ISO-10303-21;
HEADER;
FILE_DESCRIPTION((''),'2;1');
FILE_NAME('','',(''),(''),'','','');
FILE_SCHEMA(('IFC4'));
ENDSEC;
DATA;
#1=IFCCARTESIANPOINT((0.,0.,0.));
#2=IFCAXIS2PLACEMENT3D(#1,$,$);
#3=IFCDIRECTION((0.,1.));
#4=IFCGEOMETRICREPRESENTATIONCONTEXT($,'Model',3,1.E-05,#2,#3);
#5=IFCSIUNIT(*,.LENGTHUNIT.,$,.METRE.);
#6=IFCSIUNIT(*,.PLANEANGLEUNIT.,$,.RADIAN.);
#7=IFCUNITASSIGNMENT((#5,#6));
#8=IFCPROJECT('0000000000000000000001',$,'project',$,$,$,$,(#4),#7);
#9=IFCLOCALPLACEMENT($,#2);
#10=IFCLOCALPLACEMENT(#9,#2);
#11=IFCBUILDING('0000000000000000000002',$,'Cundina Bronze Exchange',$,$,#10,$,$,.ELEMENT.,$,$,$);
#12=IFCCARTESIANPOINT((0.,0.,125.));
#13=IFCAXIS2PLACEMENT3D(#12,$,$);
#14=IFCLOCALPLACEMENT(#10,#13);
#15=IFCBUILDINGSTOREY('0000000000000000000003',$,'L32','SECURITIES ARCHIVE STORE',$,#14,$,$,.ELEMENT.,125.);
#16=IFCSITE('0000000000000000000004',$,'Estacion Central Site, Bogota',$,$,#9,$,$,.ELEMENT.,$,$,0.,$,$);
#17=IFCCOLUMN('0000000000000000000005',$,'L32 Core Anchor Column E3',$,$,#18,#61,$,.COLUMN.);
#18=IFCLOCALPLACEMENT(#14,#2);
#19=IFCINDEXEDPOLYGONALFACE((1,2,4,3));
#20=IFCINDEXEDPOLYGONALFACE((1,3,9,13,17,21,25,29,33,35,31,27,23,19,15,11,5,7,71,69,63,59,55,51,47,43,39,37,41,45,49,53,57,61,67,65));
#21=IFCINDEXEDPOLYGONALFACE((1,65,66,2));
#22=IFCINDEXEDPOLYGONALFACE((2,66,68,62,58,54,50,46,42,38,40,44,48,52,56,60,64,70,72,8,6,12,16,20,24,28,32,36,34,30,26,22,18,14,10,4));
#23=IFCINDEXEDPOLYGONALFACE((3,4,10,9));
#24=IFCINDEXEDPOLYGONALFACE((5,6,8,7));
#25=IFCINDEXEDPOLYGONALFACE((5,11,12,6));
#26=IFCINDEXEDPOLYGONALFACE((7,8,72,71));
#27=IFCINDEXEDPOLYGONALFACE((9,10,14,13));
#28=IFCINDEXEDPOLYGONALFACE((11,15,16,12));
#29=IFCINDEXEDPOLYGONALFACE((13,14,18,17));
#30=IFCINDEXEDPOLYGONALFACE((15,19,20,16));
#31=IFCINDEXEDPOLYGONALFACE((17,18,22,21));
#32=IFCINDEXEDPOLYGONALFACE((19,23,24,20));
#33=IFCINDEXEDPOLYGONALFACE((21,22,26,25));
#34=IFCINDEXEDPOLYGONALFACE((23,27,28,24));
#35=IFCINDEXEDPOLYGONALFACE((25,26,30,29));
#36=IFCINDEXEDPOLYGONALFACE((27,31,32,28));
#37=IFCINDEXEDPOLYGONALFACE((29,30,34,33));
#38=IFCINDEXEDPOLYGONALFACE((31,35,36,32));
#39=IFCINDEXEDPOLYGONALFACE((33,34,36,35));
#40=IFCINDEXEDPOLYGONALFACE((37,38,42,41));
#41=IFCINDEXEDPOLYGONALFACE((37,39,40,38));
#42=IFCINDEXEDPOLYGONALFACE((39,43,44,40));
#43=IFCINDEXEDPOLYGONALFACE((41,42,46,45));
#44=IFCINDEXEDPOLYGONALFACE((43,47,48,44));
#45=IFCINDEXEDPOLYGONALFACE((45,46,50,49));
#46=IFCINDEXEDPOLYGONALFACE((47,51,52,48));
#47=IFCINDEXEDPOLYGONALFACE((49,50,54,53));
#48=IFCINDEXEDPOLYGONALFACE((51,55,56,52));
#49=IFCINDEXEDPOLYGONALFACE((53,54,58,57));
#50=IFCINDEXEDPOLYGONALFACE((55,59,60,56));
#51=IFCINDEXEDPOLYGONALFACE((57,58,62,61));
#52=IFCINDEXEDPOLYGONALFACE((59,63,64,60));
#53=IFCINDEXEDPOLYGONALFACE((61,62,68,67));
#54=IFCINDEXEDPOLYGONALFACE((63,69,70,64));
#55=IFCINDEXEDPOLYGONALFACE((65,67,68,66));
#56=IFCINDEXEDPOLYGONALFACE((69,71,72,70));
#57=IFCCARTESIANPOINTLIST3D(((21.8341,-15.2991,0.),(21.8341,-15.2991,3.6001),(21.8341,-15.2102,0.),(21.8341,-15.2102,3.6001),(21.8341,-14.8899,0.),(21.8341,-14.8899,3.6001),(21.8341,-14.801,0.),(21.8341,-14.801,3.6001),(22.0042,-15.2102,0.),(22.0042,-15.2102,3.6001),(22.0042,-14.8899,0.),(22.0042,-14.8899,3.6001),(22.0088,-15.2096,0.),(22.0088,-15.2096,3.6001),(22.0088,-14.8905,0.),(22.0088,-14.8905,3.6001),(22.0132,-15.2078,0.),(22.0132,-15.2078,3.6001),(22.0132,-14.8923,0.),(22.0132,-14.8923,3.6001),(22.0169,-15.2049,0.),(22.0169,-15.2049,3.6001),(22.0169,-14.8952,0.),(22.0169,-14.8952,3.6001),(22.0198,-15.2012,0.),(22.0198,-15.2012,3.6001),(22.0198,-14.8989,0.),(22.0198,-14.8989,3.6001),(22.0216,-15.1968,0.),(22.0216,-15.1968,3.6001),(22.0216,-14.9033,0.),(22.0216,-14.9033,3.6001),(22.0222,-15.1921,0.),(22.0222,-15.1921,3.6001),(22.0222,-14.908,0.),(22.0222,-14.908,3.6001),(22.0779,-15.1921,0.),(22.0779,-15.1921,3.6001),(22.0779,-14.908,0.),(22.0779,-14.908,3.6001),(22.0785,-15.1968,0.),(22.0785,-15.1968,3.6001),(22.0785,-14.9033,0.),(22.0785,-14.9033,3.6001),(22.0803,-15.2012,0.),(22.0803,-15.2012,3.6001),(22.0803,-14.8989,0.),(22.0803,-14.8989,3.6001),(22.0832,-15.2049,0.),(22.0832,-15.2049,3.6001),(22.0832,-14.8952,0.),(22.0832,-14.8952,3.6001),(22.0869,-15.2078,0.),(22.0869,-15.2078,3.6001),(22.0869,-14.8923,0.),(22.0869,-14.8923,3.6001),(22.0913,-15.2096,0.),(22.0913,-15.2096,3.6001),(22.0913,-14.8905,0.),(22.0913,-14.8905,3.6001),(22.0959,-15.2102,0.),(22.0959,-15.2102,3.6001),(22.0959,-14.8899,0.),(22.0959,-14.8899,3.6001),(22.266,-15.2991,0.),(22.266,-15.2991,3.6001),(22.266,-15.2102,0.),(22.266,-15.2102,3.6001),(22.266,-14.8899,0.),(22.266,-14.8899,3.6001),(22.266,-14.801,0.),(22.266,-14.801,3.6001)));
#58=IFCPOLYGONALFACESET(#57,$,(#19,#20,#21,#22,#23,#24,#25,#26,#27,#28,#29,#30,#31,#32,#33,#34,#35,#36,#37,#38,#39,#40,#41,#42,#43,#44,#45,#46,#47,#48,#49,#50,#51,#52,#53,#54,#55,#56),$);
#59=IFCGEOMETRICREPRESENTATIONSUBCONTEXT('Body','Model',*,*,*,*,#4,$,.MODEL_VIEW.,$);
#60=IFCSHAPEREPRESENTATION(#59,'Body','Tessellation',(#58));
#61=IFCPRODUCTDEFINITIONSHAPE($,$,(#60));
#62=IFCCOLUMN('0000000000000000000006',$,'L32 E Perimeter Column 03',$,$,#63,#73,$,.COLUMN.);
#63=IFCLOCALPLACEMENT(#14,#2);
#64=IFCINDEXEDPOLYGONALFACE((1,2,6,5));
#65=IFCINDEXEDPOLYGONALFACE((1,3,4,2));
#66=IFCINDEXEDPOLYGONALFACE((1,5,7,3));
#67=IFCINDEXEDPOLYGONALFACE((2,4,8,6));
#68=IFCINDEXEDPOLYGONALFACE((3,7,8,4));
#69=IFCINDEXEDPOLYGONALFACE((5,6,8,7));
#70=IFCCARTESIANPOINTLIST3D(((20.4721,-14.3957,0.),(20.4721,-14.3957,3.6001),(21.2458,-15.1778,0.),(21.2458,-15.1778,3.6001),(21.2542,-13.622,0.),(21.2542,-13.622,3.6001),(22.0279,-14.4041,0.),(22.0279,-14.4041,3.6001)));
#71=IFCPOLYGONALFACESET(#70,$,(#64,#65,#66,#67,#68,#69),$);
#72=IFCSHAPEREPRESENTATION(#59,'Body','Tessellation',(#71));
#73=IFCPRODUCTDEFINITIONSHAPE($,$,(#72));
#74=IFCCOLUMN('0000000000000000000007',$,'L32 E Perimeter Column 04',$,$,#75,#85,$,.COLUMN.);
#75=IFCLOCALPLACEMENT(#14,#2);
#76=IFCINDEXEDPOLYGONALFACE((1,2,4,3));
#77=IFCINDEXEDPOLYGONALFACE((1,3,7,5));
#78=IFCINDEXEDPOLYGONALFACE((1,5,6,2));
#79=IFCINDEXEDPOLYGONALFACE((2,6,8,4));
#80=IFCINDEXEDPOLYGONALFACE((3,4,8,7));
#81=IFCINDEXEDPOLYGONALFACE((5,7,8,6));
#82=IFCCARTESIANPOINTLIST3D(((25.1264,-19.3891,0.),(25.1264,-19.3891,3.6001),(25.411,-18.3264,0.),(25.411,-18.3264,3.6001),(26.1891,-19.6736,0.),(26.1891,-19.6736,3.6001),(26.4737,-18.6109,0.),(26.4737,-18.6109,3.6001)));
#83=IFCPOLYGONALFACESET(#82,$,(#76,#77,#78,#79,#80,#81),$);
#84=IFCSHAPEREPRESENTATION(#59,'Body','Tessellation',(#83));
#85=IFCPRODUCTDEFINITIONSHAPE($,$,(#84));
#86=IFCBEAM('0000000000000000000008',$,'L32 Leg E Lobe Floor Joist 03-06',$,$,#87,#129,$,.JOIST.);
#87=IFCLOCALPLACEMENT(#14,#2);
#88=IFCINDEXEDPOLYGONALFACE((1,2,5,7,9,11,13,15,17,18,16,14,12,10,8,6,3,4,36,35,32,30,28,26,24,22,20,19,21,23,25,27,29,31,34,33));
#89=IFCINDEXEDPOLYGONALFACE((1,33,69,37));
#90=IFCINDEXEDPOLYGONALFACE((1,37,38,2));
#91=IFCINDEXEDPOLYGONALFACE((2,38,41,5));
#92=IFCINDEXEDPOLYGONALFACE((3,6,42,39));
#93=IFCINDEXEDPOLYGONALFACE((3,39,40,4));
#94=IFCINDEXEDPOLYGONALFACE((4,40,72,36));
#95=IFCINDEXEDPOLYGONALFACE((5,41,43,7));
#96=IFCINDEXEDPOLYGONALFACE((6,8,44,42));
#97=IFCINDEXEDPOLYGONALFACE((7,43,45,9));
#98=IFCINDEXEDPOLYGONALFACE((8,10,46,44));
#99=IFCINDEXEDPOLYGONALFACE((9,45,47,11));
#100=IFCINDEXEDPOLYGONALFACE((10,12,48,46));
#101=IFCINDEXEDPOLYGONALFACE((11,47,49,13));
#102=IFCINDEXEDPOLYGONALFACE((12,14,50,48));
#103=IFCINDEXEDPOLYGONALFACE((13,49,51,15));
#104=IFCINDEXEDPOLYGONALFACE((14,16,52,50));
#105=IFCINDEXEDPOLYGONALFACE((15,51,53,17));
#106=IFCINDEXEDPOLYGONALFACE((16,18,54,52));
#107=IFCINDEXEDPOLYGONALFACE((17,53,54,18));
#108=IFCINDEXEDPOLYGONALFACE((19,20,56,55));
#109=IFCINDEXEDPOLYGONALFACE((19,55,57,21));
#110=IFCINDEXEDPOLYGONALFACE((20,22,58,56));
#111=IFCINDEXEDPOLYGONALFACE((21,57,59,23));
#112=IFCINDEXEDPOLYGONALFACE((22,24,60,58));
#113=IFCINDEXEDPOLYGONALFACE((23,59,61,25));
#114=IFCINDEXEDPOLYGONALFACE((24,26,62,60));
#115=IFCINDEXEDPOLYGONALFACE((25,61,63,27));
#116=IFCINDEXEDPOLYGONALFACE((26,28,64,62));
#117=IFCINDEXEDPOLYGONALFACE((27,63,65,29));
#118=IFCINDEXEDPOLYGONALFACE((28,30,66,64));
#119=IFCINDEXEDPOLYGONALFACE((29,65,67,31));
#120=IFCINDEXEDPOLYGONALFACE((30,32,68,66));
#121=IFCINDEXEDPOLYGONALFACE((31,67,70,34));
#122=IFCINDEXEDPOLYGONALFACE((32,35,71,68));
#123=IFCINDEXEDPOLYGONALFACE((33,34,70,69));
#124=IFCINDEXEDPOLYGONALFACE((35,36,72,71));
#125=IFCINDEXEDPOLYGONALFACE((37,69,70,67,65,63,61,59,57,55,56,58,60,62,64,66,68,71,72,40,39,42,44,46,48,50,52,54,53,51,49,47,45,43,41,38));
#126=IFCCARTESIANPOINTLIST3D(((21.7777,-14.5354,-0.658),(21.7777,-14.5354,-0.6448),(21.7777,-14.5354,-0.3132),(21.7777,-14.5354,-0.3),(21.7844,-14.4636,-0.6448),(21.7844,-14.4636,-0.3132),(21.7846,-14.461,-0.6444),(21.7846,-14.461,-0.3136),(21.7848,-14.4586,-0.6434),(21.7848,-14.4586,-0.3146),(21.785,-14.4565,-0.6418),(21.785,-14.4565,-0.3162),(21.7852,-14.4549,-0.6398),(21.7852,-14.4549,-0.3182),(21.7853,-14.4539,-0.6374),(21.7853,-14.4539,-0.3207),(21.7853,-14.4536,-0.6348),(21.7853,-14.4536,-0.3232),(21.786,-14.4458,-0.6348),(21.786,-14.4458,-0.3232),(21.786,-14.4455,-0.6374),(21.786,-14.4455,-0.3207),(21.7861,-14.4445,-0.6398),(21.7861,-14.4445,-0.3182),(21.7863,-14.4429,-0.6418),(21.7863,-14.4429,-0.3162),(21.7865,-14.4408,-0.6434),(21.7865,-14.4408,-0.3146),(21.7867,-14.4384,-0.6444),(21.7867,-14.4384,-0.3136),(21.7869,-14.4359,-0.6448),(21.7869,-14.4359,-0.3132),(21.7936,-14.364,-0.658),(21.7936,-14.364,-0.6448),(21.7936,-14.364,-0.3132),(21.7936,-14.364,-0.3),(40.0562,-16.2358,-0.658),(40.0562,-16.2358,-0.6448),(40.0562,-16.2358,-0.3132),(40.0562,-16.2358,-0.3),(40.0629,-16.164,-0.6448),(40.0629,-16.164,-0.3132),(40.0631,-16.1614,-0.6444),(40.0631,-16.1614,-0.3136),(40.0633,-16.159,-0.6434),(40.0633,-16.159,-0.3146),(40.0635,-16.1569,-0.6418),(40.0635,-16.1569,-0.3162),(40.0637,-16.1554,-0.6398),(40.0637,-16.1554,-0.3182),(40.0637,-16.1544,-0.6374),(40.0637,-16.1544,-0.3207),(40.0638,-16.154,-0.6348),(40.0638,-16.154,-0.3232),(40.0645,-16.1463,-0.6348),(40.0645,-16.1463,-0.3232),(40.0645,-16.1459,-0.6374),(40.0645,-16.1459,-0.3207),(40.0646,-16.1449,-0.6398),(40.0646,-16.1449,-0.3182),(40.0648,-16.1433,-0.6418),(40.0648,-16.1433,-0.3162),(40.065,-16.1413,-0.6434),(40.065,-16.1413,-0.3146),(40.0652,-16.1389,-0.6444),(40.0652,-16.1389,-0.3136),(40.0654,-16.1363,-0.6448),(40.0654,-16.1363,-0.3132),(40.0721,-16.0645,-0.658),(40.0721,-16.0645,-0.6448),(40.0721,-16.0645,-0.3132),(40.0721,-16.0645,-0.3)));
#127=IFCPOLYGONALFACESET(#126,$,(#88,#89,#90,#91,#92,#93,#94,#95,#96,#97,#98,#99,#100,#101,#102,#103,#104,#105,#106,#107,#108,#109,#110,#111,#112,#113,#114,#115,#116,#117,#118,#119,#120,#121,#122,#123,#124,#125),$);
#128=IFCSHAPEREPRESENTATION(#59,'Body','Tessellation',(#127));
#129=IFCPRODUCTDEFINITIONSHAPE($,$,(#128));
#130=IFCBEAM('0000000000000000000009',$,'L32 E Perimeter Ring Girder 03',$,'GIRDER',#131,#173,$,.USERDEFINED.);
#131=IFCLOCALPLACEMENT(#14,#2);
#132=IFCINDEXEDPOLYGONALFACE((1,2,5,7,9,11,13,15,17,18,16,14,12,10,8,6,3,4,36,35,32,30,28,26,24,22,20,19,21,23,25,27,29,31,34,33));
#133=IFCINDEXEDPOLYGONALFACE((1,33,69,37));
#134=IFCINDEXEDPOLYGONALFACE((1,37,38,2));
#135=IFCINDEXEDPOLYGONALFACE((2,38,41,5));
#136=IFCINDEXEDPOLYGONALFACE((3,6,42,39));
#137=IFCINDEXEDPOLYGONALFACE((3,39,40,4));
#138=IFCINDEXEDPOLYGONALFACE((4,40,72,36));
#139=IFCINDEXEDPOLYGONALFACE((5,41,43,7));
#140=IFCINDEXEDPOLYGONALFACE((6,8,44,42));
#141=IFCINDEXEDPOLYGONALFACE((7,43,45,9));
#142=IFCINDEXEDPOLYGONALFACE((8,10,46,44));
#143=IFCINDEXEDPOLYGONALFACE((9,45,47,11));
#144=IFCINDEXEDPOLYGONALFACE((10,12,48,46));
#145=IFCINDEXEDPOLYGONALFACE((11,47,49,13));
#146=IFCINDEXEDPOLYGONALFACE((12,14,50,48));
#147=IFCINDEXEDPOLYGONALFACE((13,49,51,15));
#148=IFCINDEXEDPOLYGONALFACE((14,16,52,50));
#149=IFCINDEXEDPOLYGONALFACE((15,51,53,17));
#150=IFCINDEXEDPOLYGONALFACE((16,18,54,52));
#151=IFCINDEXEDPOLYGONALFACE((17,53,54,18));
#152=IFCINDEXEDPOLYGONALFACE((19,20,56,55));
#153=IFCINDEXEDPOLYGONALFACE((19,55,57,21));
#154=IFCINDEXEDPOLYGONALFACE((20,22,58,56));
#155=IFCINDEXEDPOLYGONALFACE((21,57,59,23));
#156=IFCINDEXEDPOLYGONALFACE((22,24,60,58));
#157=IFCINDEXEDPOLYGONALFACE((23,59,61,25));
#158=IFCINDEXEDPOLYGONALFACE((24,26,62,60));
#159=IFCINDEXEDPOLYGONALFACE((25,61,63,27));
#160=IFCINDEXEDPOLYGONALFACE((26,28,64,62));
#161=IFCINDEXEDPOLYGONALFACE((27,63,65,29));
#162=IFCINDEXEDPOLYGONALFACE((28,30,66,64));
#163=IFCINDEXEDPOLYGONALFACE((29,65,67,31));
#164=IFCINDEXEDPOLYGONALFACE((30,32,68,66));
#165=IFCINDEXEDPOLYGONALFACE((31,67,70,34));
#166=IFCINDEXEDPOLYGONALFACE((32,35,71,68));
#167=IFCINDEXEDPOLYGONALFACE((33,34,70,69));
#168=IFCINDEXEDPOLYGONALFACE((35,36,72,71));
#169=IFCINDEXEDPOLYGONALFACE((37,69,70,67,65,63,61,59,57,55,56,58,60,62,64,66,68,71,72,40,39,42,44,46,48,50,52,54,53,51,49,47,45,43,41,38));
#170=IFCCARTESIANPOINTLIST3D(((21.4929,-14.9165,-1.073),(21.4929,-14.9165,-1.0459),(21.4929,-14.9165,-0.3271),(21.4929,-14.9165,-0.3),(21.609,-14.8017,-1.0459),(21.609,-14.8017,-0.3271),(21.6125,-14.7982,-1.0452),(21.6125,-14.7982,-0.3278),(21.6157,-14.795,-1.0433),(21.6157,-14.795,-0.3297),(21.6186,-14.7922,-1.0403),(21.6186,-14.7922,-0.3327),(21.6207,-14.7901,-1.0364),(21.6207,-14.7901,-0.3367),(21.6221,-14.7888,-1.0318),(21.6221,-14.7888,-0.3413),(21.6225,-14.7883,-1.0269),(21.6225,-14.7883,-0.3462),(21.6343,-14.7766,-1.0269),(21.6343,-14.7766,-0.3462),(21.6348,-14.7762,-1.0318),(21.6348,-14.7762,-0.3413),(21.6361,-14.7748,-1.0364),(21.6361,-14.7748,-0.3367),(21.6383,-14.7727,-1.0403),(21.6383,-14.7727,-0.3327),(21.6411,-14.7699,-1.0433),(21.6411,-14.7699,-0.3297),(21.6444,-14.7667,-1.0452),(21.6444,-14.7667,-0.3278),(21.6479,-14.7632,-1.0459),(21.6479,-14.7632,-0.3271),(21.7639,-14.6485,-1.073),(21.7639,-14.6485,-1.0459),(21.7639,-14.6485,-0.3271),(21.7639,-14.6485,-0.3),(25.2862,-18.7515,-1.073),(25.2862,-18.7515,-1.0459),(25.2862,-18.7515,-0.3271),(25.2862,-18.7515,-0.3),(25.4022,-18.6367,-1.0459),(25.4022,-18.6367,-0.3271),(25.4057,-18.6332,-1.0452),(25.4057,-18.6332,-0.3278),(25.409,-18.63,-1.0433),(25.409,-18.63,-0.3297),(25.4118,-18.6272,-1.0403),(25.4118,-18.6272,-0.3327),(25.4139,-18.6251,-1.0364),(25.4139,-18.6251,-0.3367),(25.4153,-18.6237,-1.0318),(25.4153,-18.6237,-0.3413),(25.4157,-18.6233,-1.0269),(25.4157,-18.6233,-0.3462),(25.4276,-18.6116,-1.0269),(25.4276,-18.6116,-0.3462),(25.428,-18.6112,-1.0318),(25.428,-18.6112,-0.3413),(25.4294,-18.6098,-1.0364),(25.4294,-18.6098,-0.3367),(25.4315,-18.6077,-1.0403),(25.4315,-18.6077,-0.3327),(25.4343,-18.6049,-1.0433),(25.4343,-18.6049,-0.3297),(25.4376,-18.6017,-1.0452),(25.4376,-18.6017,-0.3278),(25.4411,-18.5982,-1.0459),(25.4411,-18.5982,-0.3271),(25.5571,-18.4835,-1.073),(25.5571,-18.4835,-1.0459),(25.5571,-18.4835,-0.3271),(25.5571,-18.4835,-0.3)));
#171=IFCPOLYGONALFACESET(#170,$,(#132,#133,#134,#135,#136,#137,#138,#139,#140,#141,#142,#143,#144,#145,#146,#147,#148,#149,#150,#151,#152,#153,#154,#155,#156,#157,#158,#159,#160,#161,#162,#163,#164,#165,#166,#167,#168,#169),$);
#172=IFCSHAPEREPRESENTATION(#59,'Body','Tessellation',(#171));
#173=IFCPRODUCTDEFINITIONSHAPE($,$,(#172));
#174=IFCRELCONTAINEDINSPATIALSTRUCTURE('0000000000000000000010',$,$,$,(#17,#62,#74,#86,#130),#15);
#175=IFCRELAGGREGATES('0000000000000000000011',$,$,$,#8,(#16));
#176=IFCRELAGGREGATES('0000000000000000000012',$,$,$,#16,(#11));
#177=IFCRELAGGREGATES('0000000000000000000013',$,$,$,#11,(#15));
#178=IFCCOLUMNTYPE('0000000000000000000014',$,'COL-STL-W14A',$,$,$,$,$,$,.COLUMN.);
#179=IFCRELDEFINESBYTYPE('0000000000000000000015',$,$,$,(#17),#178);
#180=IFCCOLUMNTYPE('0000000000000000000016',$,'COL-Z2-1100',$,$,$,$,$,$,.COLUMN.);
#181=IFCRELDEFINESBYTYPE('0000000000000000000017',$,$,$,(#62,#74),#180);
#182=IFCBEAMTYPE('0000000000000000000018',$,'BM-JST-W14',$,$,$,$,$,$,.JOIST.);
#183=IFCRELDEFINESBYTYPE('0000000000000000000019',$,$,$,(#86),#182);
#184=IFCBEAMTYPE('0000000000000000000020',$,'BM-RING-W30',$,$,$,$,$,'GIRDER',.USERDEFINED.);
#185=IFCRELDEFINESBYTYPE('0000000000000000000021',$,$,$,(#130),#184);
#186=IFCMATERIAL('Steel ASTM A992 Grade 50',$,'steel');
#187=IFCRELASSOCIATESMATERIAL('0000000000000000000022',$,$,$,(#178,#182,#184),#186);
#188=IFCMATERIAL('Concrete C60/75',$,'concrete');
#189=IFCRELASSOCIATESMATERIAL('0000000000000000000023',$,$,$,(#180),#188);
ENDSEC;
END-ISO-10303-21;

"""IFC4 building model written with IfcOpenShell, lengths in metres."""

from ifc_helpers import new_model, si_unit, direction, frame, origin, origin_2d, place, context, subcontext, project, spatial, rectangle, i_section, extrude, material, material_profile, profile_set, type_object, element, save


model = new_model("IFC4")

# Units and contexts
model_context = context("Model", 3, precision=1e-05, world=origin(), true_north=direction((0.0, 1.0)))
body_context = subcontext(model_context, "Body", "Model", "MODEL_VIEW")
ifc_project = project(units=[si_unit("LENGTHUNIT", "METRE"), si_unit("PLANEANGLEUNIT", "RADIAN")], contexts=[model_context])

# Site, building, storey
site_placement = place(None, origin())
site = spatial("IfcSite", under=ifc_project, at=site_placement, Name="Estacion Central Site, Bogota", CompositionType="ELEMENT", RefElevation=0.0)
building_placement = place(site_placement, origin())
building = spatial("IfcBuilding", under=site, at=building_placement, Name="Cundina Bronze Exchange", CompositionType="ELEMENT")
storey_placement = place(building_placement, frame((0.0, 0.0, 125.0)))
storey = spatial("IfcBuildingStorey", under=building, at=storey_placement, Name="L32", Description="SECURITIES ARCHIVE STORE", CompositionType="ELEMENT", Elevation=125.0)

# Columns
ifc_material_1 = material(Name="Steel ASTM A992 Grade 50", Category="steel")
ifc_material_profile_1 = material_profile(ifc_material_1, i_section(OverallWidth=0.4319, OverallDepth=0.498, WebThickness=0.0557, FlangeThickness=0.0889, FilletRadius=0.0181, at=origin_2d()), Name="W14X500", Category="steel")
ifc_profile_set_1 = profile_set([ifc_material_profile_1], Name="Steel ASTM A992 Grade 50")
column_type_1 = type_object("IfcColumnType", Name="COL-STL-W14A", PredefinedType="COLUMN", material=ifc_profile_set_1)
column_placement = place(storey_placement, frame((22.05, -15.05, 0.0), z_axis=(0.0, 0.0, 1.0), x_axis=(1.0, 0.0, 0.0)))
element("IfcColumn", 1, at=column_placement, inside=storey, type_object=column_type_1, Name="L32 Core Anchor Column E3", PredefinedType="COLUMN", context=body_context, shape_type="SweptSolid", body=[
    extrude(i_section(OverallWidth=0.4319, OverallDepth=0.498, WebThickness=0.0557, FlangeThickness=0.0889, FilletRadius=0.0181, at=origin_2d()), origin(), (0.0, 0.0, 1.0), 3.6001),
])
ifc_material_2 = material(Name="Concrete C60/75", Category="concrete")
ifc_material_profile_2 = material_profile(ifc_material_2, rectangle(XDim=1.1001, YDim=1.1001, at=origin_2d()), Name="RC1100X1100", Category="concrete")
ifc_profile_set_2 = profile_set([ifc_material_profile_2], Name="Concrete C60/75")
column_type_2 = type_object("IfcColumnType", Name="COL-Z2-1100", PredefinedType="COLUMN", material=ifc_profile_set_2)
for number, where, z_axis, x_axis, name in (
    (2, (21.25, -14.3999, 0.0), (0.0, 0.0, 1.0), (0.703271, -0.710922, 0.0), "L32 E Perimeter Column 03"),
    (3, (25.8, -19.0, 0.0), (0.0, 0.0, 1.0), (0.965971, -0.25865, 0.0), "L32 E Perimeter Column 04"),
):
    element("IfcColumn", number, at=place(storey_placement, frame(where, z_axis=z_axis, x_axis=x_axis)), inside=storey, type_object=column_type_2, Name=name, PredefinedType="COLUMN", context=body_context, shape_type="SweptSolid", body=[
        extrude(rectangle(XDim=1.1001, YDim=1.1001, at=origin_2d()), origin(), (0.0, 0.0, 1.0), 3.6001),
    ])

# Beams
ifc_material_profile_3 = material_profile(ifc_material_1, i_section(OverallWidth=0.1721, OverallDepth=0.3579, WebThickness=0.0078, FlangeThickness=0.0132, FilletRadius=0.01, at=origin_2d()), Name="W14X38", Category="steel")
ifc_profile_set_3 = profile_set([ifc_material_profile_3], Name="Steel ASTM A992 Grade 50")
beam_type_1 = type_object("IfcBeamType", Name="BM-JST-W14", PredefinedType="JOIST", material=ifc_profile_set_3)
beam_1_placement = place(storey_placement, frame((21.7856, -14.4497, -0.479), z_axis=(0.995701, -0.092629, 0.0), x_axis=(0.092629, 0.995701, 0.0)))
element("IfcBeam", 4, at=beam_1_placement, inside=storey, type_object=beam_type_1, Name="L32 Leg E Lobe Floor Joist 03-06", PredefinedType="JOIST", context=body_context, shape_type="SweptSolid", body=[
    extrude(i_section(OverallWidth=0.1721, OverallDepth=0.3579, WebThickness=0.0078, FlangeThickness=0.0132, FilletRadius=0.01, at=origin_2d()), origin(), (0.0, 0.0, 1.0), 18.3574),
])
ifc_material_profile_4 = material_profile(ifc_material_1, i_section(OverallWidth=0.3811, OverallDepth=0.7729, WebThickness=0.0166, FlangeThickness=0.0271, FilletRadius=0.019, at=origin_2d()), Name="W30X173", Category="steel")
ifc_profile_set_4 = profile_set([ifc_material_profile_4], Name="Steel ASTM A992 Grade 50")
beam_type_2 = type_object("IfcBeamType", Name="BM-RING-W30", ElementType="GIRDER", PredefinedType="USERDEFINED", material=ifc_profile_set_4)
beam_2_placement = place(storey_placement, frame((21.6284, -14.7825, -0.6865), z_axis=(0.703226, -0.710966, 0.0), x_axis=(0.710966, 0.703226, 0.0)))
element("IfcBeam", 5, at=beam_2_placement, inside=storey, type_object=beam_type_2, Name="L32 E Perimeter Ring Girder 03", ObjectType="GIRDER", PredefinedType="USERDEFINED", context=body_context, shape_type="SweptSolid", body=[
    extrude(i_section(OverallWidth=0.3811, OverallDepth=0.7729, WebThickness=0.0166, FlangeThickness=0.0271, FilletRadius=0.019, at=origin_2d()), origin(), (0.0, 0.0, 1.0), 5.394),
])

save(model, "model.ifc")
